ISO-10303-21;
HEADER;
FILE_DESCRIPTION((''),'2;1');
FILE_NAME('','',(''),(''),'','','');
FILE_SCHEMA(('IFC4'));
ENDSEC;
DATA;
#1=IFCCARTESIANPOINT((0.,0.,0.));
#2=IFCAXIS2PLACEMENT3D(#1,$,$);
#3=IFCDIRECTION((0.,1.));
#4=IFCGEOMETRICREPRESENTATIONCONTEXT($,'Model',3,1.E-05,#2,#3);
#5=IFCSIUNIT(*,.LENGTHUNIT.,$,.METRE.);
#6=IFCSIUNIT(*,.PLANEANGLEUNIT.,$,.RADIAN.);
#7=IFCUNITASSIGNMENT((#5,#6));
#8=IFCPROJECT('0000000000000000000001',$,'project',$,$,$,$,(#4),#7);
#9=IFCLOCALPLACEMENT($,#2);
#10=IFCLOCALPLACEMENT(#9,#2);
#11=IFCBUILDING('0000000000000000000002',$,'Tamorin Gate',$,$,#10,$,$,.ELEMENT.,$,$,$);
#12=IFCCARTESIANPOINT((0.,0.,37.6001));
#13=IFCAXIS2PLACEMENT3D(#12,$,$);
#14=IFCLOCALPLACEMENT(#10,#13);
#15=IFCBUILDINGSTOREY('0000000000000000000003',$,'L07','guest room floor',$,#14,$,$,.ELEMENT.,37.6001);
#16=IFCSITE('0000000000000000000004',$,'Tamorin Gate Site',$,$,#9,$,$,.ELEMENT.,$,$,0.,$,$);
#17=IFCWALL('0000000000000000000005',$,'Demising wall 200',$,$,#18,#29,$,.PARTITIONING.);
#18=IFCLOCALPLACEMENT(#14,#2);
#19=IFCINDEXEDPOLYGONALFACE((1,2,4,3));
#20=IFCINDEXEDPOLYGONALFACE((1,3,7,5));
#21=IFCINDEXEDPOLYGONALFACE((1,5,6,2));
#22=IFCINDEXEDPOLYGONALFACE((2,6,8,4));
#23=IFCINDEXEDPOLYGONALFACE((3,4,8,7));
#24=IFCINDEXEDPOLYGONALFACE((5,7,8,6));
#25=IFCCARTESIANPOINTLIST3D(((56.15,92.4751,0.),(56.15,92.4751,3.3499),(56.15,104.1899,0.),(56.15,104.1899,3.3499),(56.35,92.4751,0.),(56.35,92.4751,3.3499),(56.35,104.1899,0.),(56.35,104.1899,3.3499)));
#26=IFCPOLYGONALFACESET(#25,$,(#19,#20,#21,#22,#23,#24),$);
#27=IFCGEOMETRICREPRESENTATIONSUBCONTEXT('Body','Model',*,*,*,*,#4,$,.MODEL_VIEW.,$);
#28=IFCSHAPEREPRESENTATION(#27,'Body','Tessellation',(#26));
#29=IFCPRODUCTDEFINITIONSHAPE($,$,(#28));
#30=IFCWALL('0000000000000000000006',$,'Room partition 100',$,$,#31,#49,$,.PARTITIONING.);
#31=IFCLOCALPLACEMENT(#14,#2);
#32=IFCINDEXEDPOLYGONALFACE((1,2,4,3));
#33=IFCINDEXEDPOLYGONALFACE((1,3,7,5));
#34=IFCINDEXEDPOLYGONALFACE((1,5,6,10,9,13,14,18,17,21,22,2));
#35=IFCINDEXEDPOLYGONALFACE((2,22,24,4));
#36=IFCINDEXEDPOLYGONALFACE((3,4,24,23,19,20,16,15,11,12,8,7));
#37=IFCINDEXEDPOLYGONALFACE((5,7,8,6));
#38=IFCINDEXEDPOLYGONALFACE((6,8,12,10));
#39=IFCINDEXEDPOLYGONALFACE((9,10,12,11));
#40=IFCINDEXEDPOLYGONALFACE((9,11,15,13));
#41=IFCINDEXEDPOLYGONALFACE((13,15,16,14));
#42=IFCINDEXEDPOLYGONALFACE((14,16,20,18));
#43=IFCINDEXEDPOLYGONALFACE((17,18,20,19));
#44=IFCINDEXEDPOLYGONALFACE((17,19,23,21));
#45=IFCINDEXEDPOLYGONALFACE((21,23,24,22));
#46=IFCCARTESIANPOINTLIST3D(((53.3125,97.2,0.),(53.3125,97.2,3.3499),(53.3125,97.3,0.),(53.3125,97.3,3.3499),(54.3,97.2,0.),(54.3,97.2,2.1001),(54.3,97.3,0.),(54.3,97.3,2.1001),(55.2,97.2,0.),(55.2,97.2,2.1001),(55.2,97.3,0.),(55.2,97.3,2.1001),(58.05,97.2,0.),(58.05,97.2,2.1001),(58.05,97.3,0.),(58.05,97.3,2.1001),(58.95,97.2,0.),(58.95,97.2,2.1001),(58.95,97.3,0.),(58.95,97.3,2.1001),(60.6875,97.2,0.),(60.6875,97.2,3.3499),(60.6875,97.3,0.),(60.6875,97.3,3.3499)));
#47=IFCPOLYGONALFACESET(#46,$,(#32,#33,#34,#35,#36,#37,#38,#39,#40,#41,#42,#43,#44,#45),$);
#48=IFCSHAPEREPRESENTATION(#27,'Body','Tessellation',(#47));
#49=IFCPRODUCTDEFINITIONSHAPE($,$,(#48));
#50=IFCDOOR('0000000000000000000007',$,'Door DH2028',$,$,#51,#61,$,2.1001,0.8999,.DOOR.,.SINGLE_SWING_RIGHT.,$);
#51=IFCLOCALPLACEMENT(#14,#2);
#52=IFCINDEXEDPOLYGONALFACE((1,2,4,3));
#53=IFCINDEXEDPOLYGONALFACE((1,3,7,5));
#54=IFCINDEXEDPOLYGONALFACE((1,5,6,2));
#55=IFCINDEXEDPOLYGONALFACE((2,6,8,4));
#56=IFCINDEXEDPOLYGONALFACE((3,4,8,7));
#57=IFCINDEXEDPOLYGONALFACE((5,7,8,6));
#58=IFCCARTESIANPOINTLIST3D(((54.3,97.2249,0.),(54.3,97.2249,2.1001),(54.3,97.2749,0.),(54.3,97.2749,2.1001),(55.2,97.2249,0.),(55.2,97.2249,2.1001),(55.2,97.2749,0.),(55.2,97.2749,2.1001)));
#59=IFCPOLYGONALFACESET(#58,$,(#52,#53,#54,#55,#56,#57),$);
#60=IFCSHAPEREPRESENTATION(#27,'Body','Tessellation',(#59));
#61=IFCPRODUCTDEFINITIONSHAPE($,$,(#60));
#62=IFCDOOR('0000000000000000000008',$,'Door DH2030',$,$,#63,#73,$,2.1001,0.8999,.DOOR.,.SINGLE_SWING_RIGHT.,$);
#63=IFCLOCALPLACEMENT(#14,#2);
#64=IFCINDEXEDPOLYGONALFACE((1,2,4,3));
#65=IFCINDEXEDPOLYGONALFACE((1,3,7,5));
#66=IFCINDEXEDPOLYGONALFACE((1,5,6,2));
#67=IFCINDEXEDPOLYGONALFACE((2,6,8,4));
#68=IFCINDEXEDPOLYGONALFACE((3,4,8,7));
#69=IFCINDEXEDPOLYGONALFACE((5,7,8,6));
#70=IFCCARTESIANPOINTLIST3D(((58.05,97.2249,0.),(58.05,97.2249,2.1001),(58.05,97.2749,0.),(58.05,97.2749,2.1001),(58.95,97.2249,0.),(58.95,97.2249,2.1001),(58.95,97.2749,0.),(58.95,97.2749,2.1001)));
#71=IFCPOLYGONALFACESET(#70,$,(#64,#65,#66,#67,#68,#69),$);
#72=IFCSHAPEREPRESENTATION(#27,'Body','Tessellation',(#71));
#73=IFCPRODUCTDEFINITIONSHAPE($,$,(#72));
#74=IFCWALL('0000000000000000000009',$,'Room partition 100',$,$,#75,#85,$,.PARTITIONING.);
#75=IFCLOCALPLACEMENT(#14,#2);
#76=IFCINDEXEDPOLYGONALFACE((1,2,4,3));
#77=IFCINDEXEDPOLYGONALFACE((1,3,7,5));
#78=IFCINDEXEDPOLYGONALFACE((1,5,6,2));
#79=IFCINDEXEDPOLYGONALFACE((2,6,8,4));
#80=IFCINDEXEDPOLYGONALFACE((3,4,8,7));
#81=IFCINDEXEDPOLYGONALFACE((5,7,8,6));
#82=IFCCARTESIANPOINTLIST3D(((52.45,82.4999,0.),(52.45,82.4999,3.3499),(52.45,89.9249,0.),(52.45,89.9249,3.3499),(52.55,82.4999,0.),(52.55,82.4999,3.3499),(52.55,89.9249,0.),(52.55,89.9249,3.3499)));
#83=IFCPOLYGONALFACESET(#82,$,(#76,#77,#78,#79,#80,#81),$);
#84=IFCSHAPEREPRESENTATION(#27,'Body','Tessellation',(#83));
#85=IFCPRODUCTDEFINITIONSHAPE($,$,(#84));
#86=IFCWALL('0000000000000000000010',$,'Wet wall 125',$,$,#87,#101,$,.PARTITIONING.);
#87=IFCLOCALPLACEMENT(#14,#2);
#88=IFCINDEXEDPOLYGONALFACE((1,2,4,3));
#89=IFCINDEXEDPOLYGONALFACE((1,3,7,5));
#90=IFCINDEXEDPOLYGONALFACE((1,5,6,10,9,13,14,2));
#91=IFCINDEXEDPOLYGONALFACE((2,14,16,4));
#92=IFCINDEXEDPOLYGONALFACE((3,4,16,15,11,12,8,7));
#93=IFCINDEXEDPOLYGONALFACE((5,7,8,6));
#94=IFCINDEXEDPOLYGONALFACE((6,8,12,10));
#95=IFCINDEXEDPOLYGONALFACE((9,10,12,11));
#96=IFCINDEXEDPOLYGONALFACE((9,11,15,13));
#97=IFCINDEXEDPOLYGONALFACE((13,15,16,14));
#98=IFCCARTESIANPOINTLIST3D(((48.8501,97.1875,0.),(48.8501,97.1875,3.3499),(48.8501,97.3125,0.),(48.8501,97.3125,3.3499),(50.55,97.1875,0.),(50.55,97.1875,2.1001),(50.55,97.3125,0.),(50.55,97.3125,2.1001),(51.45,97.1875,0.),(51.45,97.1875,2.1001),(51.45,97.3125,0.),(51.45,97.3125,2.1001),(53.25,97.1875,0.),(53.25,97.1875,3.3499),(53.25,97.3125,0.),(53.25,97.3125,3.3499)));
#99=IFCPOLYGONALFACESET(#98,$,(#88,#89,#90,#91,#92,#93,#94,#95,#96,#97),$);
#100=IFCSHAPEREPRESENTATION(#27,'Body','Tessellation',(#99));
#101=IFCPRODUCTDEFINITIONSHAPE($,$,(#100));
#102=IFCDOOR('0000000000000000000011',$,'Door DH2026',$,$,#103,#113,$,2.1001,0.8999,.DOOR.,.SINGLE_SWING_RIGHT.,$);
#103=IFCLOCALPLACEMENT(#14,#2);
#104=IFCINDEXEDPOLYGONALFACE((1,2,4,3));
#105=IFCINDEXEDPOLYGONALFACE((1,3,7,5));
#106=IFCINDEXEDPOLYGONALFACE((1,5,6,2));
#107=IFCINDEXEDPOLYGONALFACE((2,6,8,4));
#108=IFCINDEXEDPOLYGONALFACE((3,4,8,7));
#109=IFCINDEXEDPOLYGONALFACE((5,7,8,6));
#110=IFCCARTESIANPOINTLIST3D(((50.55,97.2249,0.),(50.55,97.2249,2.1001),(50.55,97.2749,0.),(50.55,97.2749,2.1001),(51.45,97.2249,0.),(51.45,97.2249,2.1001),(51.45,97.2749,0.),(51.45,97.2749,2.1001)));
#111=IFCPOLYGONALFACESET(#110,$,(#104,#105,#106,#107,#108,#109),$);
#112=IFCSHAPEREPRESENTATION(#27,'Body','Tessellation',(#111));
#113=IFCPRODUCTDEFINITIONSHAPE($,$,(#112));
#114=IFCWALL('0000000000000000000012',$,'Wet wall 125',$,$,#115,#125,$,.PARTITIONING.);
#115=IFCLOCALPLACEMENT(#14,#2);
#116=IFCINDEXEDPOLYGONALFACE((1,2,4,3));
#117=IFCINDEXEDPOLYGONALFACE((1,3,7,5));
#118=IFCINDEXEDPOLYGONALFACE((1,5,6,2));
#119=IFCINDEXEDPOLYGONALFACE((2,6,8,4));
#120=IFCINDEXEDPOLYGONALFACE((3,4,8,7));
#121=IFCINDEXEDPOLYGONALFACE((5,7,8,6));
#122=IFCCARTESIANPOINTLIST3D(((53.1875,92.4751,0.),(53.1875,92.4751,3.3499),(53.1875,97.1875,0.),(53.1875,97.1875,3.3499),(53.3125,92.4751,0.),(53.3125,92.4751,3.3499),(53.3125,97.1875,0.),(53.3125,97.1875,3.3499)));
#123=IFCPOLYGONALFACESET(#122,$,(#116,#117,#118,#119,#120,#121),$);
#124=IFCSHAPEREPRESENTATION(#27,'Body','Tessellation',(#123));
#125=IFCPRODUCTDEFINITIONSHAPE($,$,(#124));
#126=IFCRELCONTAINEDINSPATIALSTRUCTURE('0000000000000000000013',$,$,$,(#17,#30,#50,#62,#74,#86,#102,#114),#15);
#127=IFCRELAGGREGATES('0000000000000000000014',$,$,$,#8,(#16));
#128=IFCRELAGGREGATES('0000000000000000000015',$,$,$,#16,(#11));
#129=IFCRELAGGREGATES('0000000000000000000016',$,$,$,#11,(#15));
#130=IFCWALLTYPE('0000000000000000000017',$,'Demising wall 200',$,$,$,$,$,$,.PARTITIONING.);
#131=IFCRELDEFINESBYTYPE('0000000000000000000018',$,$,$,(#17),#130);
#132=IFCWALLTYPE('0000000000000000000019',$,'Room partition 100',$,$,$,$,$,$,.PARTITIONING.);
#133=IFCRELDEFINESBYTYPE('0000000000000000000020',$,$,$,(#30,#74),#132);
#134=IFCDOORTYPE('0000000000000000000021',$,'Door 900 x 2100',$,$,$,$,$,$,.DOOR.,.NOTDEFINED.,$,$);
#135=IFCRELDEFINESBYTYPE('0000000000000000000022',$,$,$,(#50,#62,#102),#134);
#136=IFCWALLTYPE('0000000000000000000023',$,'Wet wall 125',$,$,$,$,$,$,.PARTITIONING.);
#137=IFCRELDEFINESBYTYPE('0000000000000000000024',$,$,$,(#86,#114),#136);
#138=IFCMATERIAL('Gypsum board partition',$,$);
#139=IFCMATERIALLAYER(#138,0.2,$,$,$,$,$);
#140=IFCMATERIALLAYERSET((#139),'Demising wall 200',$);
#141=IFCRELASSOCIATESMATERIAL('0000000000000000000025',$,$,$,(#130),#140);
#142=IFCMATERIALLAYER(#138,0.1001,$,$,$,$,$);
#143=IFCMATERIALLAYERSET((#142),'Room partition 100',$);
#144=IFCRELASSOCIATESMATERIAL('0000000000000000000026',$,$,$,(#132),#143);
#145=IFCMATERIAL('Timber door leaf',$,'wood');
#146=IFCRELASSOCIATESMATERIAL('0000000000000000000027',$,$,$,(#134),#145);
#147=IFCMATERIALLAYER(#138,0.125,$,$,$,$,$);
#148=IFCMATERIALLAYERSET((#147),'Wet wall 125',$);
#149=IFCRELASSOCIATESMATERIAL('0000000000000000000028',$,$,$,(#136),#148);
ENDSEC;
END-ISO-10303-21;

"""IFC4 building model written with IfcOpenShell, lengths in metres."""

from ifc_helpers import new_model, si_unit, direction, frame, frame_2d, origin, place, context, subcontext, project, spatial, rectangle, extrude, material, layer, layer_set, type_object, element, fill, save


model = new_model("IFC4")

# Units and contexts
model_context = context("Model", 3, precision=1e-05, world=origin(), true_north=direction((0.0, 1.0)))
body_context = subcontext(model_context, "Body", "Model", "MODEL_VIEW")
ifc_project = project(units=[si_unit("LENGTHUNIT", "METRE"), si_unit("PLANEANGLEUNIT", "RADIAN")], contexts=[model_context])

# Site, building, storey
site_placement = place(None, origin())
site = spatial("IfcSite", under=ifc_project, at=site_placement, Name="Tamorin Gate Site", CompositionType="ELEMENT", RefElevation=0.0)
building_placement = place(site_placement, origin())
building = spatial("IfcBuilding", under=site, at=building_placement, Name="Tamorin Gate", CompositionType="ELEMENT")
storey_placement = place(building_placement, frame((0.0, 0.0, 37.6001)))
storey = spatial("IfcBuildingStorey", under=building, at=storey_placement, Name="L07", Description="guest room floor", CompositionType="ELEMENT", Elevation=37.6001)

# Wall
ifc_material_1 = material(Name="Gypsum board partition")
ifc_layer_1 = layer(ifc_material_1, 0.2)
ifc_layer_set_1 = layer_set([ifc_layer_1], Name="Demising wall 200")
wall_type_1 = type_object("IfcWallType", Name="Demising wall 200", PredefinedType="PARTITIONING", material=ifc_layer_set_1)
for number, where, z_axis, x_axis, name in (
    (1, (56.25, 92.4751, 0.0), (0.0, 0.0, 1.0), (0.0, 1.0, 0.0), "Demising wall 200"),
):
    element("IfcWall", number, at=place(storey_placement, frame(where, z_axis=z_axis, x_axis=x_axis)), inside=storey, type_object=wall_type_1, Name=name, PredefinedType="PARTITIONING", context=body_context, shape_type="SweptSolid", body=[
        extrude(rectangle(XDim=11.7148, YDim=0.2, at=frame_2d((5.8574, 0.0))), origin(), (0.0, 0.0, 1.0), 3.3499),
    ])

# Wall, openings, doors
ifc_layer_2 = layer(ifc_material_1, 0.1001)
ifc_layer_set_2 = layer_set([ifc_layer_2], Name="Room partition 100")
wall_type_2 = type_object("IfcWallType", Name="Room partition 100", PredefinedType="PARTITIONING", material=ifc_layer_set_2)
wall_1_placement = place(storey_placement, frame((53.3125, 97.25, 0.0), z_axis=(0.0, 0.0, 1.0), x_axis=(1.0, 0.0, 0.0)))
wall_1 = element("IfcWall", 2, at=wall_1_placement, inside=storey, type_object=wall_type_2, Name="Room partition 100", PredefinedType="PARTITIONING", context=body_context, shape_type="SweptSolid", body=[
    extrude(rectangle(XDim=7.375, YDim=0.1001, at=frame_2d((3.6875, 0.0))), origin(), (0.0, 0.0, 1.0), 3.3499),
])
opening_1_placement = place(wall_1_placement, frame((0.9875, 0.0, 0.0)))
opening_1 = element("IfcOpeningElement", 3, at=opening_1_placement, cuts=wall_1, PredefinedType="OPENING", context=body_context, shape_type="SweptSolid", body=[
    extrude(rectangle(XDim=0.8999, YDim=2.1001, at=frame_2d((0.45, 1.05))), frame((0.0, 0.0601, 0.0), z_axis=(0.0, -1.0, 0.0), x_axis=(1.0, 0.0, 0.0)), (0.0, 0.0, 1.0), 0.1201),
])
opening_2_placement = place(wall_1_placement, frame((4.7375, 0.0, 0.0)))
opening_2 = element("IfcOpeningElement", 4, at=opening_2_placement, cuts=wall_1, PredefinedType="OPENING", context=body_context, shape_type="SweptSolid", body=[
    extrude(rectangle(XDim=0.8999, YDim=2.1001, at=frame_2d((0.45, 1.05))), frame((0.0, 0.0601, 0.0), z_axis=(0.0, -1.0, 0.0), x_axis=(1.0, 0.0, 0.0)), (0.0, 0.0, 1.0), 0.1201),
])
ifc_material_2 = material(Name="Timber door leaf", Category="wood")
door_type = type_object("IfcDoorType", Name="Door 900 x 2100", OperationType="NOTDEFINED", PredefinedType="DOOR", material=ifc_material_2)
door_1_placement = place(opening_1_placement, origin())
door_1 = element("IfcDoor", 5, at=door_1_placement, inside=storey, type_object=door_type, Name="Door DH2028", OperationType="SINGLE_SWING_RIGHT", OverallHeight=2.1001, OverallWidth=0.8999, PredefinedType="DOOR", context=body_context, shape_type="SweptSolid", body=[
    extrude(rectangle(XDim=0.8999, YDim=2.1001, at=frame_2d((0.45, 1.05))), frame((0.0, 0.0249, 0.0), z_axis=(0.0, -1.0, 0.0), x_axis=(1.0, 0.0, 0.0)), (0.0, 0.0, 1.0), 0.05),
])
fill(opening_1, door_1)
door_2_placement = place(opening_2_placement, origin())
door_2 = element("IfcDoor", 6, at=door_2_placement, inside=storey, type_object=door_type, Name="Door DH2030", OperationType="SINGLE_SWING_RIGHT", OverallHeight=2.1001, OverallWidth=0.8999, PredefinedType="DOOR", context=body_context, shape_type="SweptSolid", body=[
    extrude(rectangle(XDim=0.8999, YDim=2.1001, at=frame_2d((0.45, 1.05))), frame((0.0, 0.0249, 0.0), z_axis=(0.0, -1.0, 0.0), x_axis=(1.0, 0.0, 0.0)), (0.0, 0.0, 1.0), 0.05),
])
fill(opening_2, door_2)

# Wall
wall_2_placement = place(storey_placement, frame((52.5, 82.5, 0.0), z_axis=(0.0, 0.0, 1.0), x_axis=(0.0, 1.0, 0.0)))
element("IfcWall", 7, at=wall_2_placement, inside=storey, type_object=wall_type_2, Name="Room partition 100", PredefinedType="PARTITIONING", context=body_context, shape_type="SweptSolid", body=[
    extrude(rectangle(XDim=7.425, YDim=0.1001, at=frame_2d((3.7124, 0.0))), origin(), (0.0, 0.0, 1.0), 3.3499),
])

# Wall, opening, door
ifc_layer_3 = layer(ifc_material_1, 0.125)
ifc_layer_set_3 = layer_set([ifc_layer_3], Name="Wet wall 125")
wall_type_3 = type_object("IfcWallType", Name="Wet wall 125", PredefinedType="PARTITIONING", material=ifc_layer_set_3)
wall_3_placement = place(storey_placement, frame((48.8501, 97.25, 0.0), z_axis=(0.0, 0.0, 1.0), x_axis=(1.0, 0.0, 0.0)))
wall_3 = element("IfcWall", 8, at=wall_3_placement, inside=storey, type_object=wall_type_3, Name="Wet wall 125", PredefinedType="PARTITIONING", context=body_context, shape_type="SweptSolid", body=[
    extrude(rectangle(XDim=4.3999, YDim=0.125, at=frame_2d((2.2, 0.0))), origin(), (0.0, 0.0, 1.0), 3.3499),
])
opening_3_placement = place(wall_3_placement, frame((1.7, 0.0, 0.0)))
opening_3 = element("IfcOpeningElement", 9, at=opening_3_placement, cuts=wall_3, PredefinedType="OPENING", context=body_context, shape_type="SweptSolid", body=[
    extrude(rectangle(XDim=0.8999, YDim=2.1001, at=frame_2d((0.45, 1.05))), frame((0.0, 0.0725, 0.0), z_axis=(0.0, -1.0, 0.0), x_axis=(1.0, 0.0, 0.0)), (0.0, 0.0, 1.0), 0.145),
])
door_3_placement = place(opening_3_placement, origin())
door_3 = element("IfcDoor", 10, at=door_3_placement, inside=storey, type_object=door_type, Name="Door DH2026", OperationType="SINGLE_SWING_RIGHT", OverallHeight=2.1001, OverallWidth=0.8999, PredefinedType="DOOR", context=body_context, shape_type="SweptSolid", body=[
    extrude(rectangle(XDim=0.8999, YDim=2.1001, at=frame_2d((0.45, 1.05))), frame((0.0, 0.0249, 0.0), z_axis=(0.0, -1.0, 0.0), x_axis=(1.0, 0.0, 0.0)), (0.0, 0.0, 1.0), 0.05),
])
fill(opening_3, door_3)

# Wall
wall_4_placement = place(storey_placement, frame((53.25, 92.4751, 0.0), z_axis=(0.0, 0.0, 1.0), x_axis=(0.0, 1.0, 0.0)))
element("IfcWall", 11, at=wall_4_placement, inside=storey, type_object=wall_type_3, Name="Wet wall 125", PredefinedType="PARTITIONING", context=body_context, shape_type="SweptSolid", body=[
    extrude(rectangle(XDim=4.7124, YDim=0.125, at=frame_2d((2.3562, 0.0))), origin(), (0.0, 0.0, 1.0), 3.3499),
])

save(model, "model.ifc")
